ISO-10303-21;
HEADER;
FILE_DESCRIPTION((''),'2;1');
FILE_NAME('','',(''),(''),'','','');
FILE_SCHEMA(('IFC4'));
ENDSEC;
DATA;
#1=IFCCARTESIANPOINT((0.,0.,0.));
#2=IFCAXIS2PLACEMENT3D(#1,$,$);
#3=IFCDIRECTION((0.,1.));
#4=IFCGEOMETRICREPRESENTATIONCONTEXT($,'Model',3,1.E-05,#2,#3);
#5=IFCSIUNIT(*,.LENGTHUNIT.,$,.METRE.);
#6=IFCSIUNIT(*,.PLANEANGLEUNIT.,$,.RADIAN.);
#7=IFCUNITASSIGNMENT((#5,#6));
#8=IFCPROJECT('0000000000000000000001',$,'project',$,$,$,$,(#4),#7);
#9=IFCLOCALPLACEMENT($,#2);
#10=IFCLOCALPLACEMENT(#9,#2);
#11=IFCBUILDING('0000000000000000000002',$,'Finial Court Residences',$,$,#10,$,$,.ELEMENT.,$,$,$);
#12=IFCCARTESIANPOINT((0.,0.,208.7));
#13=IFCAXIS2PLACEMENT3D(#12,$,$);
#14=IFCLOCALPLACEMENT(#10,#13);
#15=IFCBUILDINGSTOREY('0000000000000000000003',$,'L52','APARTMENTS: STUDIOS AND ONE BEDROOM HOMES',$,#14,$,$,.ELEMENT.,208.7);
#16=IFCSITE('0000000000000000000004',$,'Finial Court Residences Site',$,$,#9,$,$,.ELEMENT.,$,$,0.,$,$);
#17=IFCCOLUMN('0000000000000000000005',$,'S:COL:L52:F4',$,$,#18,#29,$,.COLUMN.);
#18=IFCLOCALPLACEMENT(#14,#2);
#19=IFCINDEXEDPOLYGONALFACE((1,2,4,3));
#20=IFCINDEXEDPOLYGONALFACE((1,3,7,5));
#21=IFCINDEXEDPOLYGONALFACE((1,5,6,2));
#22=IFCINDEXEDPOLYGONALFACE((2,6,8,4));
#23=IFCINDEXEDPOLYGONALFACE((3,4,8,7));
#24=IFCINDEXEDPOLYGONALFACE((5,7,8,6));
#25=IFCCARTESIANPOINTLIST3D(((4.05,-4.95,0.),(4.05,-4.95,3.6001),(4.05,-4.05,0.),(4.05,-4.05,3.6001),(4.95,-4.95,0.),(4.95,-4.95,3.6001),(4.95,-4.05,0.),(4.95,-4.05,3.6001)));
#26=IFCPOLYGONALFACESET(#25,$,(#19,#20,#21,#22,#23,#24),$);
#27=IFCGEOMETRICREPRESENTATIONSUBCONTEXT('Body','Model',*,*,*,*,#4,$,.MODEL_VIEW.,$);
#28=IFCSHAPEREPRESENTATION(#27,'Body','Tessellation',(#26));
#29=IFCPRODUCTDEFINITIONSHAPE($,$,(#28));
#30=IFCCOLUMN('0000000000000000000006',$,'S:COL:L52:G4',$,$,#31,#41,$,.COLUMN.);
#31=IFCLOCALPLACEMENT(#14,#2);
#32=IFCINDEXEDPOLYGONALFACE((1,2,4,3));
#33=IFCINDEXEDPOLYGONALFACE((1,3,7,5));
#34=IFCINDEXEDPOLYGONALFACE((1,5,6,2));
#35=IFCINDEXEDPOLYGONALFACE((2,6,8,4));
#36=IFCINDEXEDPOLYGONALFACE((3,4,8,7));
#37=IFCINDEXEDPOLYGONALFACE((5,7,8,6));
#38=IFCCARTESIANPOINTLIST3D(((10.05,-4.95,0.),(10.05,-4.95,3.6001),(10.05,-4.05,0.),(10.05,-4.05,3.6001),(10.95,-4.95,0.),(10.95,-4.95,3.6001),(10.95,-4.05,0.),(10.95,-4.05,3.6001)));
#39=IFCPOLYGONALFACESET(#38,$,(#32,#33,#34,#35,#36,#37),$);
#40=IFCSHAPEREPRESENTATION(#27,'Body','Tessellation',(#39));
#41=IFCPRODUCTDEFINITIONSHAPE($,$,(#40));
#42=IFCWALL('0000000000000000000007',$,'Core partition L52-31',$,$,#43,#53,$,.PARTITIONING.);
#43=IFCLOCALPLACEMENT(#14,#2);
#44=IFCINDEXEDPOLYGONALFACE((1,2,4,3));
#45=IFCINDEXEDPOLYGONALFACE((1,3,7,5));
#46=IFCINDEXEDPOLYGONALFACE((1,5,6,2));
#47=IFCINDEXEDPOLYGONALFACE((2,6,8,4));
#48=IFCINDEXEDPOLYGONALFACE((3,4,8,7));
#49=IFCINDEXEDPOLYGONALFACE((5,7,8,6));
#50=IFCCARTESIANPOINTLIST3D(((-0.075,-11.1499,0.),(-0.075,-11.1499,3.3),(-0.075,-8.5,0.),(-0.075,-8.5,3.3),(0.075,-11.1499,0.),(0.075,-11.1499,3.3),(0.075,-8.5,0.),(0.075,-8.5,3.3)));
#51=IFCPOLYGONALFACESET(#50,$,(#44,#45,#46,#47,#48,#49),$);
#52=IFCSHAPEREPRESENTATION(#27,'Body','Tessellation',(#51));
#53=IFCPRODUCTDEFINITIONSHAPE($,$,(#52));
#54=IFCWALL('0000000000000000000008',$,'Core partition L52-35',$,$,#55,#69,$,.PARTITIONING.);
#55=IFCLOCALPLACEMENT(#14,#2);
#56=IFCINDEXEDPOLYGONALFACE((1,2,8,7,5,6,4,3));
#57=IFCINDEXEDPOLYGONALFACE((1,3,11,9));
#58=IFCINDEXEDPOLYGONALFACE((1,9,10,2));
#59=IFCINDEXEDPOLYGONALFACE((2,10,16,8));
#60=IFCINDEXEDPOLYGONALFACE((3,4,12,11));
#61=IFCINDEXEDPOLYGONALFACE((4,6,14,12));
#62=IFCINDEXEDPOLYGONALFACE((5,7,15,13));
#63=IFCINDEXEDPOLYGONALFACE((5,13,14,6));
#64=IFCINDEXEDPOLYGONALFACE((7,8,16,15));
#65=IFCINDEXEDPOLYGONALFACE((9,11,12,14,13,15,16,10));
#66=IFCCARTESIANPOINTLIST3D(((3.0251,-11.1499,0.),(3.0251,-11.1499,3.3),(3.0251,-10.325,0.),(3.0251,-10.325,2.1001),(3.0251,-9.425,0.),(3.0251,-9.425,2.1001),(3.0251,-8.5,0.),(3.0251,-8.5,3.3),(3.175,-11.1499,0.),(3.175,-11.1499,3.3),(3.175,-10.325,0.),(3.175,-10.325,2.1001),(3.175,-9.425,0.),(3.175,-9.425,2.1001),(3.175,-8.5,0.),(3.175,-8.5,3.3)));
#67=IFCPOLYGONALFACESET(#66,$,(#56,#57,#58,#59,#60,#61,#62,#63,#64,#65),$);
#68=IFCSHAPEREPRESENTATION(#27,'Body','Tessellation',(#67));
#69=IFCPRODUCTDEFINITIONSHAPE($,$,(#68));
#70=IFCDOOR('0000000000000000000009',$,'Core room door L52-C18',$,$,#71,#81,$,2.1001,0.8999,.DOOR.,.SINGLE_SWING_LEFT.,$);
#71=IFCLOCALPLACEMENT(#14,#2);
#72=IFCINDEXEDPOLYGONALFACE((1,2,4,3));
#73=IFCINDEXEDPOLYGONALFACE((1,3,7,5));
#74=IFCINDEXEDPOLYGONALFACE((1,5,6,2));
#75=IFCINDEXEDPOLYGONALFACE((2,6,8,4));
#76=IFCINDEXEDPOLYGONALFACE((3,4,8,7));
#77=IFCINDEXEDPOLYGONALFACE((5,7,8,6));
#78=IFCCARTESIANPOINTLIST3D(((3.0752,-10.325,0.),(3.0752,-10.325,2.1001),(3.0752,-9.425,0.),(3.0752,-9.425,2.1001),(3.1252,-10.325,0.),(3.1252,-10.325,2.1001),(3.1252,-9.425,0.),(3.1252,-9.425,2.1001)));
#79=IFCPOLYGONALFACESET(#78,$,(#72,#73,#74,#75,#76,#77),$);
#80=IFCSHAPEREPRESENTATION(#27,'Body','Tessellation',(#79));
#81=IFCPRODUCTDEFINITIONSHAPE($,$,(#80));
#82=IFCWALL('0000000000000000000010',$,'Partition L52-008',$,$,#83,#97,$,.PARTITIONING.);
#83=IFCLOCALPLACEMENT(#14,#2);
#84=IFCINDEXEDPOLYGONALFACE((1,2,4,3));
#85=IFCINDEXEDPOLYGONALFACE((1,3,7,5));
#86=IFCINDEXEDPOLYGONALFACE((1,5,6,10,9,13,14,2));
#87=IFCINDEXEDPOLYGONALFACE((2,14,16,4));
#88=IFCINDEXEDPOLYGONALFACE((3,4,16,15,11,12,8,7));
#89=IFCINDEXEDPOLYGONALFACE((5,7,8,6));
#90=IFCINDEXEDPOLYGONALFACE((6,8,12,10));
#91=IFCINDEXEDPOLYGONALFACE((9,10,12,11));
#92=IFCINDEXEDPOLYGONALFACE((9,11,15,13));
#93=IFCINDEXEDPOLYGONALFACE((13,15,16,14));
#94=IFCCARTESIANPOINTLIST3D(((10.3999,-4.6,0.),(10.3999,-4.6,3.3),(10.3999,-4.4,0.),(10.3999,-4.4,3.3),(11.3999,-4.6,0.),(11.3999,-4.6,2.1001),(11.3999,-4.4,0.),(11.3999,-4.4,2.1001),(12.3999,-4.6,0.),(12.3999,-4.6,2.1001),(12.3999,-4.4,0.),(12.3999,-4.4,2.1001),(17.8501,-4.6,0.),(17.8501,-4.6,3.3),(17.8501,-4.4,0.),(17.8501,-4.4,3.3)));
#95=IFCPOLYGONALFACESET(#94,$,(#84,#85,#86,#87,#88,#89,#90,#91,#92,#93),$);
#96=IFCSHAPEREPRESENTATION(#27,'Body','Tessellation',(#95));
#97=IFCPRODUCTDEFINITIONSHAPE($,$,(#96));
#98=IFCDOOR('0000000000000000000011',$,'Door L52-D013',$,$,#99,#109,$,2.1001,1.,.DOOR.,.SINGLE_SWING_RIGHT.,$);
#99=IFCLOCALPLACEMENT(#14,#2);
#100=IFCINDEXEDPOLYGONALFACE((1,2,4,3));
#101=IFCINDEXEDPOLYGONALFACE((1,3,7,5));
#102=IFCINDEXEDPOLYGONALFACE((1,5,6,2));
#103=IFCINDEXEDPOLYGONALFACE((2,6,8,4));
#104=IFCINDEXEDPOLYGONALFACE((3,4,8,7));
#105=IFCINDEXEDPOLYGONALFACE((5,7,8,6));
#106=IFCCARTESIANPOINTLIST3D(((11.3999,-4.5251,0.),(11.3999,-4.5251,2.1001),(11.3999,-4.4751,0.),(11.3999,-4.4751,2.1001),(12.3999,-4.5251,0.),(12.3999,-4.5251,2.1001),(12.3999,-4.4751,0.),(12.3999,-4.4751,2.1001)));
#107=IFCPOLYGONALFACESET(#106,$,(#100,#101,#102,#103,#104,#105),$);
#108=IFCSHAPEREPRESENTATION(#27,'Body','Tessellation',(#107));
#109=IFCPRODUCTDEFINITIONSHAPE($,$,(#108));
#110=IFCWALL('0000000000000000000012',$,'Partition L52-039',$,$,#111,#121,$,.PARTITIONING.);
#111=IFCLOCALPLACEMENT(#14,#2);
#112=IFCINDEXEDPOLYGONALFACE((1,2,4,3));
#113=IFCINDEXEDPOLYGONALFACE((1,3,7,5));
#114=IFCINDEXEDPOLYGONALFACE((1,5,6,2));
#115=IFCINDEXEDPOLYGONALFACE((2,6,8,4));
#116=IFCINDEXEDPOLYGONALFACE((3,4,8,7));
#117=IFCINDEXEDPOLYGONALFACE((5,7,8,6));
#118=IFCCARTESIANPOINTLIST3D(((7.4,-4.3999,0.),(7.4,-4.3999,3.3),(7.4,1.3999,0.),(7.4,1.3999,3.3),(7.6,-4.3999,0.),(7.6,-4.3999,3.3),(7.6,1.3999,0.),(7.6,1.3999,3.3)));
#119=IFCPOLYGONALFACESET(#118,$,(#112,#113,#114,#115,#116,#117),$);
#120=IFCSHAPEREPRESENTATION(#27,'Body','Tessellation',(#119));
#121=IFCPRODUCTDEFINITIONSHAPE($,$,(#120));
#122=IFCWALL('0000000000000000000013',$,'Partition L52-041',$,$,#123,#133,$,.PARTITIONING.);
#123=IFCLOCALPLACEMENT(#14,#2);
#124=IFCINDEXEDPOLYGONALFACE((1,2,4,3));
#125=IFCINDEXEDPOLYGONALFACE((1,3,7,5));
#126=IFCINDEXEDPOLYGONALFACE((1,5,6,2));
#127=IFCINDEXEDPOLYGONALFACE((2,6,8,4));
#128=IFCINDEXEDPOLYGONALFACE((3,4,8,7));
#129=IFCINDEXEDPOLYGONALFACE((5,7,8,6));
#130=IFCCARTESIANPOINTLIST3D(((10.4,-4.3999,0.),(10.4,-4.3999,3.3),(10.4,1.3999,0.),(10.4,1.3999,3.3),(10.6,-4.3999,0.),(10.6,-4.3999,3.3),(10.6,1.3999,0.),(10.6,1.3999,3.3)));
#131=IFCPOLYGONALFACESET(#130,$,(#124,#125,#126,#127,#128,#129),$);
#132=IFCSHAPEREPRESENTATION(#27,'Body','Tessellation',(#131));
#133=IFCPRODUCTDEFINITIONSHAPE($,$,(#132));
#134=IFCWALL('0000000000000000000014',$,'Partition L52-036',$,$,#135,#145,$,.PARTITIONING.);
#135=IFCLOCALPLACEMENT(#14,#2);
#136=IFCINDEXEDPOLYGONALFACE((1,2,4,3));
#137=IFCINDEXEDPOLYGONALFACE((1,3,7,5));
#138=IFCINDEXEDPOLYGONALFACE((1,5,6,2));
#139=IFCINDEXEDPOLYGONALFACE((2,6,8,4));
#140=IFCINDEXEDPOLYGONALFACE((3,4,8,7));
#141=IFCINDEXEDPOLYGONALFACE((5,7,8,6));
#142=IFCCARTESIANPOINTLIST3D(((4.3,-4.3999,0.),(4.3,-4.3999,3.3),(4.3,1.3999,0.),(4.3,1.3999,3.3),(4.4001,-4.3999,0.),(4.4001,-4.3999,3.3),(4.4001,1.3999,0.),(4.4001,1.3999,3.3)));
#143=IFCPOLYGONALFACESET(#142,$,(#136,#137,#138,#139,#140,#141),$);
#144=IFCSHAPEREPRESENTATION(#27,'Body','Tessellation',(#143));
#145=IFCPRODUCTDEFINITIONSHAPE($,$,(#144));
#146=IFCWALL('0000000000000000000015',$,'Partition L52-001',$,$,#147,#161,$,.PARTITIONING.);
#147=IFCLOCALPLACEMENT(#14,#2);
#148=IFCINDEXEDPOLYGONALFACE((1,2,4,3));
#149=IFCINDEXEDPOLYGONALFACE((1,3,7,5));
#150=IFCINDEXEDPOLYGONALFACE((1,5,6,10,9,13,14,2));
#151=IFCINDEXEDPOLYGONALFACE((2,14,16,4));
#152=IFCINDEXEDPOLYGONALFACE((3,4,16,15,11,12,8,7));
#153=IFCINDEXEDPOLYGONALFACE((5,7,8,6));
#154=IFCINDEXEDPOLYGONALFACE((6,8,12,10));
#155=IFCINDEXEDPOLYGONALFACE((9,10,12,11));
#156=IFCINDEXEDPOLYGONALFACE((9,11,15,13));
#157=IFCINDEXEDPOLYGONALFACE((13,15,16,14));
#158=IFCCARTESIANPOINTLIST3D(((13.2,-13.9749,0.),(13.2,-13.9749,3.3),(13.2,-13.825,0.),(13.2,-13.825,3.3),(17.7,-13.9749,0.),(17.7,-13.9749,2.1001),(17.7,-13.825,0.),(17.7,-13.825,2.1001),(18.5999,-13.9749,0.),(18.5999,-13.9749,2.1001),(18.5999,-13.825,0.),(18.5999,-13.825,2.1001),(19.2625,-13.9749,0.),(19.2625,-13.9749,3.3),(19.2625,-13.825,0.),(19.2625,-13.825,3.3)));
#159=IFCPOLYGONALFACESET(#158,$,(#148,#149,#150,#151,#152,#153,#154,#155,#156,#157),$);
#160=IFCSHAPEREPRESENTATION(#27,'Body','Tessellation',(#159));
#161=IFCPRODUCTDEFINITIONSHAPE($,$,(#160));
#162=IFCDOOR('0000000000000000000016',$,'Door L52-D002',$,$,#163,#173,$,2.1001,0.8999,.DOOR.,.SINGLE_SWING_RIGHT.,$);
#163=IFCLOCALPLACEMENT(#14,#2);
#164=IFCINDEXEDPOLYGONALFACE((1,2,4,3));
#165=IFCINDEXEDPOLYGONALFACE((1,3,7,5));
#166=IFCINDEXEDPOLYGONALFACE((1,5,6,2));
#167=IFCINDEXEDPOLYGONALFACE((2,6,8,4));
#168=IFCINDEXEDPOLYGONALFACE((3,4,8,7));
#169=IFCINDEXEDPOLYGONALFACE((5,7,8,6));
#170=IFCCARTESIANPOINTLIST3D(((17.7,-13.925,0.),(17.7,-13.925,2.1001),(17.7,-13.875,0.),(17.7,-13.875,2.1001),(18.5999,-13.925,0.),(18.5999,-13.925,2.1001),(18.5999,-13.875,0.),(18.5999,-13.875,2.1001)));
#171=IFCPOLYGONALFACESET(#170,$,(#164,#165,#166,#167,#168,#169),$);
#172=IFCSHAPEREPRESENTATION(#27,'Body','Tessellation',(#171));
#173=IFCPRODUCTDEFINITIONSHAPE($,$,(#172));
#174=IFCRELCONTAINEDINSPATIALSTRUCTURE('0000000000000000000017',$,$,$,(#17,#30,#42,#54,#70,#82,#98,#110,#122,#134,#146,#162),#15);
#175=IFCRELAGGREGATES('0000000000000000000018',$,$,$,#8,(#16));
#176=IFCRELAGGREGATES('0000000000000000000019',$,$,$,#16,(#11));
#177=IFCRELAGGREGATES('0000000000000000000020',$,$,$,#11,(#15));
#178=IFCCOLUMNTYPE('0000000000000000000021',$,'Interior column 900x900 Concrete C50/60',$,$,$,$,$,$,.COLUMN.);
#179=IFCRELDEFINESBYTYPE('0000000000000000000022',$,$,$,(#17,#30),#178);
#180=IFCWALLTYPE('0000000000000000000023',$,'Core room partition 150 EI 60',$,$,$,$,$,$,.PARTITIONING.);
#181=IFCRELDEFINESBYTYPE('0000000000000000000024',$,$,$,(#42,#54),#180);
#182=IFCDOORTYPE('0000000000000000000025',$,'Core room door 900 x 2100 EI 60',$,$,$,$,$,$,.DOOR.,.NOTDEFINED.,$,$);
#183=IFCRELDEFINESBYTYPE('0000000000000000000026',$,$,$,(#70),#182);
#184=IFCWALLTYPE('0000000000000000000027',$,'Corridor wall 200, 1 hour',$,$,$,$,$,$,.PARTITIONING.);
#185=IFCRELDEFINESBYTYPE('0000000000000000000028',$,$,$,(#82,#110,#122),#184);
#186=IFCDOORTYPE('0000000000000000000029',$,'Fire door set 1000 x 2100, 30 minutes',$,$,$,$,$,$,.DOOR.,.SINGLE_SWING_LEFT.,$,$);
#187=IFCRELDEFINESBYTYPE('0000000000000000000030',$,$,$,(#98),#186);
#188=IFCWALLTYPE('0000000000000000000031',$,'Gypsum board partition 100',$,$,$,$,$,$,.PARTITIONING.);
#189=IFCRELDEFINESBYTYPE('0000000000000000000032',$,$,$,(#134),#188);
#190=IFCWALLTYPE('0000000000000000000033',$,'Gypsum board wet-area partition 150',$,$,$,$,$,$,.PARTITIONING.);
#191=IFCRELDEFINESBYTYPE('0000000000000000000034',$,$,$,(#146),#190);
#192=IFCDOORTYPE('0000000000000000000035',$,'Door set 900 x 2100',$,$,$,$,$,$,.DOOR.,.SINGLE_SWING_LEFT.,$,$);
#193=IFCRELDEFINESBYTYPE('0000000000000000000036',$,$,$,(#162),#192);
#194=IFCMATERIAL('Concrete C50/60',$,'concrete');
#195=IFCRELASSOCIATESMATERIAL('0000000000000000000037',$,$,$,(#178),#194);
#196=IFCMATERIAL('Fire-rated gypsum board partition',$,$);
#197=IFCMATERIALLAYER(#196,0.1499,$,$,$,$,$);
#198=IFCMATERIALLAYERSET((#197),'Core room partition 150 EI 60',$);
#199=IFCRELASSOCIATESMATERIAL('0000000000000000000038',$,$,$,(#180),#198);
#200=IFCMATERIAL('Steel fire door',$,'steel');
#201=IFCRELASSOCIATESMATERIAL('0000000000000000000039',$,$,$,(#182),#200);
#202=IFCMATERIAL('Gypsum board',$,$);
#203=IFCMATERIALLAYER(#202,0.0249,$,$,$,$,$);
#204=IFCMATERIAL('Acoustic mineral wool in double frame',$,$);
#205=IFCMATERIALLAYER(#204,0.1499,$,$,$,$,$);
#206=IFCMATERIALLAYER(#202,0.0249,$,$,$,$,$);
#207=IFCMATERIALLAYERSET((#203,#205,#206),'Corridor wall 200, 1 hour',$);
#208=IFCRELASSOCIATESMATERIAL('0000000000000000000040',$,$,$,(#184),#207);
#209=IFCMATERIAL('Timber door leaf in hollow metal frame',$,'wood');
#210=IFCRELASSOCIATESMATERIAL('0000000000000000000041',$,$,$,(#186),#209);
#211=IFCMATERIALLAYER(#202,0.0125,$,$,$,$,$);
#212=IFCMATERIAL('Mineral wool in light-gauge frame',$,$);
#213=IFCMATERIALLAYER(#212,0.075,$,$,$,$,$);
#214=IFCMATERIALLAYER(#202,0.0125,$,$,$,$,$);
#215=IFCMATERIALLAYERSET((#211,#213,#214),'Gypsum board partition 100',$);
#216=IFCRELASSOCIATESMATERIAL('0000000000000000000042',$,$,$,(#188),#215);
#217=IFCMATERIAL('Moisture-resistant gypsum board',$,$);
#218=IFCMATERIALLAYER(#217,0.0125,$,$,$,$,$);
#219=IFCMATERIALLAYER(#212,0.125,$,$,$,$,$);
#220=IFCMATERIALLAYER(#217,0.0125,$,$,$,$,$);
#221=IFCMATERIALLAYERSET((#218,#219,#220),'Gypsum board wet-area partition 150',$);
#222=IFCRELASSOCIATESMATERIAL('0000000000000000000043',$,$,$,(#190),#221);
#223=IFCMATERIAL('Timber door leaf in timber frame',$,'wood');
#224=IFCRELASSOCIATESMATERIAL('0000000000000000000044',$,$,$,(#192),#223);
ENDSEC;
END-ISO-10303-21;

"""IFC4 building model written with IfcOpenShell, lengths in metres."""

from ifc_helpers import new_model, si_unit, direction, frame, frame_2d, origin, origin_2d, place, context, subcontext, project, spatial, rectangle, extrude, material, layer, layer_set, material_profile, profile_set, type_object, element, fill, save


model = new_model("IFC4")

# Units and contexts
model_context = context("Model", 3, precision=1e-05, world=origin(), true_north=direction((0.0, 1.0)))
body_context = subcontext(model_context, "Body", "Model", "MODEL_VIEW")
ifc_project = project(units=[si_unit("LENGTHUNIT", "METRE"), si_unit("PLANEANGLEUNIT", "RADIAN")], contexts=[model_context])

# Site, building, storey
site_placement = place(None, origin())
site = spatial("IfcSite", under=ifc_project, at=site_placement, Name="Finial Court Residences Site", CompositionType="ELEMENT", RefElevation=0.0)
building_placement = place(site_placement, origin())
building = spatial("IfcBuilding", under=site, at=building_placement, Name="Finial Court Residences", CompositionType="ELEMENT")
storey_placement = place(building_placement, frame((0.0, 0.0, 208.7)))
storey = spatial("IfcBuildingStorey", under=building, at=storey_placement, Name="L52", Description="APARTMENTS: STUDIOS AND ONE BEDROOM HOMES", CompositionType="ELEMENT", Elevation=208.7)

# Columns
ifc_material_1 = material(Name="Concrete C50/60", Category="concrete")
ifc_material_profile = material_profile(ifc_material_1, rectangle(XDim=0.8999, YDim=0.8999, at=origin_2d()), Name="900x900")
ifc_profile_set = profile_set([ifc_material_profile], Name="Concrete C50/60")
column_type = type_object("IfcColumnType", Name="Interior column 900x900 Concrete C50/60", PredefinedType="COLUMN", material=ifc_profile_set)
for number, where, z_axis, x_axis, name in (
    (1, (4.5, -4.5, 0.0), (0.0, 0.0, 1.0), (1.0, 0.0, 0.0), "S:COL:L52:F4"),
    (2, (10.5, -4.5, 0.0), (0.0, 0.0, 1.0), (1.0, 0.0, 0.0), "S:COL:L52:G4"),
):
    element("IfcColumn", number, at=place(storey_placement, frame(where, z_axis=z_axis, x_axis=x_axis)), inside=storey, type_object=column_type, Name=name, PredefinedType="COLUMN", context=body_context, shape_type="SweptSolid", body=[
        extrude(rectangle(XDim=0.8999, YDim=0.8999, at=origin_2d()), origin(), (0.0, 0.0, 1.0), 3.6001),
    ])

# Wall
ifc_material_2 = material(Name="Fire-rated gypsum board partition")
ifc_layer_1 = layer(ifc_material_2, 0.1499)
ifc_layer_set_1 = layer_set([ifc_layer_1], Name="Core room partition 150 EI 60")
wall_type_1 = type_object("IfcWallType", Name="Core room partition 150 EI 60", PredefinedType="PARTITIONING", material=ifc_layer_set_1)
wall_1_placement = place(storey_placement, frame((0.0, -11.1499, 0.0), z_axis=(0.0, 0.0, 1.0), x_axis=(0.0, 1.0, 0.0)))
element("IfcWall", 3, at=wall_1_placement, inside=storey, type_object=wall_type_1, Name="Core partition L52-31", PredefinedType="PARTITIONING", context=body_context, shape_type="SweptSolid", body=[
    extrude(rectangle(XDim=2.6499, YDim=0.1499, at=frame_2d((1.325, 0.0))), origin(), (0.0, 0.0, 1.0), 3.3),
])

# Walls, openings, doors
wall_2_placement = place(storey_placement, frame((3.1001, -11.1499, 0.0), z_axis=(0.0, 0.0, 1.0), x_axis=(0.0, 1.0, 0.0)))
wall_2 = element("IfcWall", 4, at=wall_2_placement, inside=storey, type_object=wall_type_1, Name="Core partition L52-35", PredefinedType="PARTITIONING", context=body_context, shape_type="SweptSolid", body=[
    extrude(rectangle(XDim=2.6499, YDim=0.1499, at=frame_2d((1.325, 0.0))), origin(), (0.0, 0.0, 1.0), 3.3),
])
opening_1_placement = place(wall_2_placement, frame((0.825, 0.0, 0.0)))
opening_1 = element("IfcOpeningElement", 5, at=opening_1_placement, cuts=wall_2, PredefinedType="OPENING", context=body_context, shape_type="SweptSolid", body=[
    extrude(rectangle(XDim=0.8999, YDim=2.1001, at=frame_2d((0.45, 1.05))), frame((0.0, 0.085, 0.0), z_axis=(0.0, -1.0, 0.0), x_axis=(1.0, 0.0, 0.0)), (0.0, 0.0, 1.0), 0.1699),
])
ifc_material_3 = material(Name="Steel fire door", Category="steel")
door_type_1 = type_object("IfcDoorType", Name="Core room door 900 x 2100 EI 60", OperationType="NOTDEFINED", PredefinedType="DOOR", material=ifc_material_3)
door_1_placement = place(opening_1_placement, origin())
door_1 = element("IfcDoor", 6, at=door_1_placement, inside=storey, type_object=door_type_1, Name="Core room door L52-C18", OperationType="SINGLE_SWING_LEFT", OverallHeight=2.1001, OverallWidth=0.8999, PredefinedType="DOOR", context=body_context, shape_type="SweptSolid", body=[
    extrude(rectangle(XDim=0.8999, YDim=2.1001, at=frame_2d((0.45, 1.05))), frame((0.0, 0.0249, 0.0), z_axis=(0.0, -1.0, 0.0), x_axis=(1.0, 0.0, 0.0)), (0.0, 0.0, 1.0), 0.05),
])
fill(opening_1, door_1)
ifc_material_4 = material(Name="Gypsum board")
ifc_layer_2 = layer(ifc_material_4, 0.0249)
ifc_material_5 = material(Name="Acoustic mineral wool in double frame")
ifc_layer_3 = layer(ifc_material_5, 0.1499)
ifc_layer_4 = layer(ifc_material_4, 0.0249)
ifc_layer_set_2 = layer_set([ifc_layer_2, ifc_layer_3, ifc_layer_4], Name="Corridor wall 200, 1 hour")
wall_type_2 = type_object("IfcWallType", Name="Corridor wall 200, 1 hour", PredefinedType="PARTITIONING", material=ifc_layer_set_2)
wall_3_placement = place(storey_placement, frame((10.3999, -4.5, 0.0), z_axis=(0.0, 0.0, 1.0), x_axis=(1.0, 0.0, 0.0)))
wall_3 = element("IfcWall", 7, at=wall_3_placement, inside=storey, type_object=wall_type_2, Name="Partition L52-008", PredefinedType="PARTITIONING", context=body_context, shape_type="SweptSolid", body=[
    extrude(rectangle(XDim=7.4502, YDim=0.2, at=frame_2d((3.7251, 0.0))), origin(), (0.0, 0.0, 1.0), 3.3),
])
opening_2_placement = place(wall_3_placement, frame((1.0, 0.0, 0.0)))
opening_2 = element("IfcOpeningElement", 8, at=opening_2_placement, cuts=wall_3, PredefinedType="OPENING", context=body_context, shape_type="SweptSolid", body=[
    extrude(rectangle(XDim=1.0, YDim=2.1001, at=frame_2d((0.5, 1.05))), frame((0.0, 0.1099, 0.0), z_axis=(0.0, -1.0, 0.0), x_axis=(1.0, 0.0, 0.0)), (0.0, 0.0, 1.0), 0.22),
])
ifc_material_6 = material(Name="Timber door leaf in hollow metal frame", Category="wood")
door_type_2 = type_object("IfcDoorType", Name="Fire door set 1000 x 2100, 30 minutes", OperationType="SINGLE_SWING_LEFT", PredefinedType="DOOR", material=ifc_material_6)
door_2_placement = place(opening_2_placement, origin())
door_2 = element("IfcDoor", 9, at=door_2_placement, inside=storey, type_object=door_type_2, Name="Door L52-D013", OperationType="SINGLE_SWING_RIGHT", OverallHeight=2.1001, OverallWidth=1.0, PredefinedType="DOOR", context=body_context, shape_type="SweptSolid", body=[
    extrude(rectangle(XDim=1.0, YDim=2.1001, at=frame_2d((0.5, 1.05))), frame((0.0, 0.0249, 0.0), z_axis=(0.0, -1.0, 0.0), x_axis=(1.0, 0.0, 0.0)), (0.0, 0.0, 1.0), 0.05),
])
fill(opening_2, door_2)

# Walls
for number, where, z_axis, x_axis, name in (
    (10, (7.5, -4.3999, 0.0), (0.0, 0.0, 1.0), (0.0, 1.0, 0.0), "Partition L52-039"),
    (11, (10.5, -4.3999, 0.0), (0.0, 0.0, 1.0), (0.0, 1.0, 0.0), "Partition L52-041"),
):
    element("IfcWall", number, at=place(storey_placement, frame(where, z_axis=z_axis, x_axis=x_axis)), inside=storey, type_object=wall_type_2, Name=name, PredefinedType="PARTITIONING", context=body_context, shape_type="SweptSolid", body=[
        extrude(rectangle(XDim=5.7998, YDim=0.2, at=frame_2d((2.8999, 0.0))), origin(), (0.0, 0.0, 1.0), 3.3),
    ])
ifc_layer_5 = layer(ifc_material_4, 0.0125)
ifc_material_7 = material(Name="Mineral wool in light-gauge frame")
ifc_layer_6 = layer(ifc_material_7, 0.075)
ifc_layer_7 = layer(ifc_material_4, 0.0125)
ifc_layer_set_3 = layer_set([ifc_layer_5, ifc_layer_6, ifc_layer_7], Name="Gypsum board partition 100")
wall_type_3 = type_object("IfcWallType", Name="Gypsum board partition 100", PredefinedType="PARTITIONING", material=ifc_layer_set_3)
wall_4_placement = place(storey_placement, frame((4.3501, -4.3999, 0.0), z_axis=(0.0, 0.0, 1.0), x_axis=(0.0, 1.0, 0.0)))
element("IfcWall", 12, at=wall_4_placement, inside=storey, type_object=wall_type_3, Name="Partition L52-036", PredefinedType="PARTITIONING", context=body_context, shape_type="SweptSolid", body=[
    extrude(rectangle(XDim=5.7998, YDim=0.1001, at=frame_2d((2.8999, 0.0))), origin(), (0.0, 0.0, 1.0), 3.3),
])

# Wall, opening, door
ifc_material_8 = material(Name="Moisture-resistant gypsum board")
ifc_layer_8 = layer(ifc_material_8, 0.0125)
ifc_layer_9 = layer(ifc_material_7, 0.125)
ifc_layer_10 = layer(ifc_material_8, 0.0125)
ifc_layer_set_4 = layer_set([ifc_layer_8, ifc_layer_9, ifc_layer_10], Name="Gypsum board wet-area partition 150")
wall_type_4 = type_object("IfcWallType", Name="Gypsum board wet-area partition 150", PredefinedType="PARTITIONING", material=ifc_layer_set_4)
wall_5_placement = place(storey_placement, frame((13.2, -13.8999, 0.0), z_axis=(0.0, 0.0, 1.0), x_axis=(1.0, 0.0, 0.0)))
wall_5 = element("IfcWall", 13, at=wall_5_placement, inside=storey, type_object=wall_type_4, Name="Partition L52-001", PredefinedType="PARTITIONING", context=body_context, shape_type="SweptSolid", body=[
    extrude(rectangle(XDim=6.0625, YDim=0.1499, at=frame_2d((3.0312, 0.0))), origin(), (0.0, 0.0, 1.0), 3.3),
])
opening_3_placement = place(wall_5_placement, frame((4.5, 0.0, 0.0)))
opening_3 = element("IfcOpeningElement", 14, at=opening_3_placement, cuts=wall_5, PredefinedType="OPENING", context=body_context, shape_type="SweptSolid", body=[
    extrude(rectangle(XDim=0.8999, YDim=2.1001, at=frame_2d((0.45, 1.05))), frame((0.0, 0.085, 0.0), z_axis=(0.0, -1.0, 0.0), x_axis=(1.0, 0.0, 0.0)), (0.0, 0.0, 1.0), 0.1699),
])
ifc_material_9 = material(Name="Timber door leaf in timber frame", Category="wood")
door_type_3 = type_object("IfcDoorType", Name="Door set 900 x 2100", OperationType="SINGLE_SWING_LEFT", PredefinedType="DOOR", material=ifc_material_9)
door_3_placement = place(opening_3_placement, origin())
door_3 = element("IfcDoor", 15, at=door_3_placement, inside=storey, type_object=door_type_3, Name="Door L52-D002", OperationType="SINGLE_SWING_RIGHT", OverallHeight=2.1001, OverallWidth=0.8999, PredefinedType="DOOR", context=body_context, shape_type="SweptSolid", body=[
    extrude(rectangle(XDim=0.8999, YDim=2.1001, at=frame_2d((0.45, 1.05))), frame((0.0, 0.0249, 0.0), z_axis=(0.0, -1.0, 0.0), x_axis=(1.0, 0.0, 0.0)), (0.0, 0.0, 1.0), 0.05),
])
fill(opening_3, door_3)

save(model, "model.ifc")
